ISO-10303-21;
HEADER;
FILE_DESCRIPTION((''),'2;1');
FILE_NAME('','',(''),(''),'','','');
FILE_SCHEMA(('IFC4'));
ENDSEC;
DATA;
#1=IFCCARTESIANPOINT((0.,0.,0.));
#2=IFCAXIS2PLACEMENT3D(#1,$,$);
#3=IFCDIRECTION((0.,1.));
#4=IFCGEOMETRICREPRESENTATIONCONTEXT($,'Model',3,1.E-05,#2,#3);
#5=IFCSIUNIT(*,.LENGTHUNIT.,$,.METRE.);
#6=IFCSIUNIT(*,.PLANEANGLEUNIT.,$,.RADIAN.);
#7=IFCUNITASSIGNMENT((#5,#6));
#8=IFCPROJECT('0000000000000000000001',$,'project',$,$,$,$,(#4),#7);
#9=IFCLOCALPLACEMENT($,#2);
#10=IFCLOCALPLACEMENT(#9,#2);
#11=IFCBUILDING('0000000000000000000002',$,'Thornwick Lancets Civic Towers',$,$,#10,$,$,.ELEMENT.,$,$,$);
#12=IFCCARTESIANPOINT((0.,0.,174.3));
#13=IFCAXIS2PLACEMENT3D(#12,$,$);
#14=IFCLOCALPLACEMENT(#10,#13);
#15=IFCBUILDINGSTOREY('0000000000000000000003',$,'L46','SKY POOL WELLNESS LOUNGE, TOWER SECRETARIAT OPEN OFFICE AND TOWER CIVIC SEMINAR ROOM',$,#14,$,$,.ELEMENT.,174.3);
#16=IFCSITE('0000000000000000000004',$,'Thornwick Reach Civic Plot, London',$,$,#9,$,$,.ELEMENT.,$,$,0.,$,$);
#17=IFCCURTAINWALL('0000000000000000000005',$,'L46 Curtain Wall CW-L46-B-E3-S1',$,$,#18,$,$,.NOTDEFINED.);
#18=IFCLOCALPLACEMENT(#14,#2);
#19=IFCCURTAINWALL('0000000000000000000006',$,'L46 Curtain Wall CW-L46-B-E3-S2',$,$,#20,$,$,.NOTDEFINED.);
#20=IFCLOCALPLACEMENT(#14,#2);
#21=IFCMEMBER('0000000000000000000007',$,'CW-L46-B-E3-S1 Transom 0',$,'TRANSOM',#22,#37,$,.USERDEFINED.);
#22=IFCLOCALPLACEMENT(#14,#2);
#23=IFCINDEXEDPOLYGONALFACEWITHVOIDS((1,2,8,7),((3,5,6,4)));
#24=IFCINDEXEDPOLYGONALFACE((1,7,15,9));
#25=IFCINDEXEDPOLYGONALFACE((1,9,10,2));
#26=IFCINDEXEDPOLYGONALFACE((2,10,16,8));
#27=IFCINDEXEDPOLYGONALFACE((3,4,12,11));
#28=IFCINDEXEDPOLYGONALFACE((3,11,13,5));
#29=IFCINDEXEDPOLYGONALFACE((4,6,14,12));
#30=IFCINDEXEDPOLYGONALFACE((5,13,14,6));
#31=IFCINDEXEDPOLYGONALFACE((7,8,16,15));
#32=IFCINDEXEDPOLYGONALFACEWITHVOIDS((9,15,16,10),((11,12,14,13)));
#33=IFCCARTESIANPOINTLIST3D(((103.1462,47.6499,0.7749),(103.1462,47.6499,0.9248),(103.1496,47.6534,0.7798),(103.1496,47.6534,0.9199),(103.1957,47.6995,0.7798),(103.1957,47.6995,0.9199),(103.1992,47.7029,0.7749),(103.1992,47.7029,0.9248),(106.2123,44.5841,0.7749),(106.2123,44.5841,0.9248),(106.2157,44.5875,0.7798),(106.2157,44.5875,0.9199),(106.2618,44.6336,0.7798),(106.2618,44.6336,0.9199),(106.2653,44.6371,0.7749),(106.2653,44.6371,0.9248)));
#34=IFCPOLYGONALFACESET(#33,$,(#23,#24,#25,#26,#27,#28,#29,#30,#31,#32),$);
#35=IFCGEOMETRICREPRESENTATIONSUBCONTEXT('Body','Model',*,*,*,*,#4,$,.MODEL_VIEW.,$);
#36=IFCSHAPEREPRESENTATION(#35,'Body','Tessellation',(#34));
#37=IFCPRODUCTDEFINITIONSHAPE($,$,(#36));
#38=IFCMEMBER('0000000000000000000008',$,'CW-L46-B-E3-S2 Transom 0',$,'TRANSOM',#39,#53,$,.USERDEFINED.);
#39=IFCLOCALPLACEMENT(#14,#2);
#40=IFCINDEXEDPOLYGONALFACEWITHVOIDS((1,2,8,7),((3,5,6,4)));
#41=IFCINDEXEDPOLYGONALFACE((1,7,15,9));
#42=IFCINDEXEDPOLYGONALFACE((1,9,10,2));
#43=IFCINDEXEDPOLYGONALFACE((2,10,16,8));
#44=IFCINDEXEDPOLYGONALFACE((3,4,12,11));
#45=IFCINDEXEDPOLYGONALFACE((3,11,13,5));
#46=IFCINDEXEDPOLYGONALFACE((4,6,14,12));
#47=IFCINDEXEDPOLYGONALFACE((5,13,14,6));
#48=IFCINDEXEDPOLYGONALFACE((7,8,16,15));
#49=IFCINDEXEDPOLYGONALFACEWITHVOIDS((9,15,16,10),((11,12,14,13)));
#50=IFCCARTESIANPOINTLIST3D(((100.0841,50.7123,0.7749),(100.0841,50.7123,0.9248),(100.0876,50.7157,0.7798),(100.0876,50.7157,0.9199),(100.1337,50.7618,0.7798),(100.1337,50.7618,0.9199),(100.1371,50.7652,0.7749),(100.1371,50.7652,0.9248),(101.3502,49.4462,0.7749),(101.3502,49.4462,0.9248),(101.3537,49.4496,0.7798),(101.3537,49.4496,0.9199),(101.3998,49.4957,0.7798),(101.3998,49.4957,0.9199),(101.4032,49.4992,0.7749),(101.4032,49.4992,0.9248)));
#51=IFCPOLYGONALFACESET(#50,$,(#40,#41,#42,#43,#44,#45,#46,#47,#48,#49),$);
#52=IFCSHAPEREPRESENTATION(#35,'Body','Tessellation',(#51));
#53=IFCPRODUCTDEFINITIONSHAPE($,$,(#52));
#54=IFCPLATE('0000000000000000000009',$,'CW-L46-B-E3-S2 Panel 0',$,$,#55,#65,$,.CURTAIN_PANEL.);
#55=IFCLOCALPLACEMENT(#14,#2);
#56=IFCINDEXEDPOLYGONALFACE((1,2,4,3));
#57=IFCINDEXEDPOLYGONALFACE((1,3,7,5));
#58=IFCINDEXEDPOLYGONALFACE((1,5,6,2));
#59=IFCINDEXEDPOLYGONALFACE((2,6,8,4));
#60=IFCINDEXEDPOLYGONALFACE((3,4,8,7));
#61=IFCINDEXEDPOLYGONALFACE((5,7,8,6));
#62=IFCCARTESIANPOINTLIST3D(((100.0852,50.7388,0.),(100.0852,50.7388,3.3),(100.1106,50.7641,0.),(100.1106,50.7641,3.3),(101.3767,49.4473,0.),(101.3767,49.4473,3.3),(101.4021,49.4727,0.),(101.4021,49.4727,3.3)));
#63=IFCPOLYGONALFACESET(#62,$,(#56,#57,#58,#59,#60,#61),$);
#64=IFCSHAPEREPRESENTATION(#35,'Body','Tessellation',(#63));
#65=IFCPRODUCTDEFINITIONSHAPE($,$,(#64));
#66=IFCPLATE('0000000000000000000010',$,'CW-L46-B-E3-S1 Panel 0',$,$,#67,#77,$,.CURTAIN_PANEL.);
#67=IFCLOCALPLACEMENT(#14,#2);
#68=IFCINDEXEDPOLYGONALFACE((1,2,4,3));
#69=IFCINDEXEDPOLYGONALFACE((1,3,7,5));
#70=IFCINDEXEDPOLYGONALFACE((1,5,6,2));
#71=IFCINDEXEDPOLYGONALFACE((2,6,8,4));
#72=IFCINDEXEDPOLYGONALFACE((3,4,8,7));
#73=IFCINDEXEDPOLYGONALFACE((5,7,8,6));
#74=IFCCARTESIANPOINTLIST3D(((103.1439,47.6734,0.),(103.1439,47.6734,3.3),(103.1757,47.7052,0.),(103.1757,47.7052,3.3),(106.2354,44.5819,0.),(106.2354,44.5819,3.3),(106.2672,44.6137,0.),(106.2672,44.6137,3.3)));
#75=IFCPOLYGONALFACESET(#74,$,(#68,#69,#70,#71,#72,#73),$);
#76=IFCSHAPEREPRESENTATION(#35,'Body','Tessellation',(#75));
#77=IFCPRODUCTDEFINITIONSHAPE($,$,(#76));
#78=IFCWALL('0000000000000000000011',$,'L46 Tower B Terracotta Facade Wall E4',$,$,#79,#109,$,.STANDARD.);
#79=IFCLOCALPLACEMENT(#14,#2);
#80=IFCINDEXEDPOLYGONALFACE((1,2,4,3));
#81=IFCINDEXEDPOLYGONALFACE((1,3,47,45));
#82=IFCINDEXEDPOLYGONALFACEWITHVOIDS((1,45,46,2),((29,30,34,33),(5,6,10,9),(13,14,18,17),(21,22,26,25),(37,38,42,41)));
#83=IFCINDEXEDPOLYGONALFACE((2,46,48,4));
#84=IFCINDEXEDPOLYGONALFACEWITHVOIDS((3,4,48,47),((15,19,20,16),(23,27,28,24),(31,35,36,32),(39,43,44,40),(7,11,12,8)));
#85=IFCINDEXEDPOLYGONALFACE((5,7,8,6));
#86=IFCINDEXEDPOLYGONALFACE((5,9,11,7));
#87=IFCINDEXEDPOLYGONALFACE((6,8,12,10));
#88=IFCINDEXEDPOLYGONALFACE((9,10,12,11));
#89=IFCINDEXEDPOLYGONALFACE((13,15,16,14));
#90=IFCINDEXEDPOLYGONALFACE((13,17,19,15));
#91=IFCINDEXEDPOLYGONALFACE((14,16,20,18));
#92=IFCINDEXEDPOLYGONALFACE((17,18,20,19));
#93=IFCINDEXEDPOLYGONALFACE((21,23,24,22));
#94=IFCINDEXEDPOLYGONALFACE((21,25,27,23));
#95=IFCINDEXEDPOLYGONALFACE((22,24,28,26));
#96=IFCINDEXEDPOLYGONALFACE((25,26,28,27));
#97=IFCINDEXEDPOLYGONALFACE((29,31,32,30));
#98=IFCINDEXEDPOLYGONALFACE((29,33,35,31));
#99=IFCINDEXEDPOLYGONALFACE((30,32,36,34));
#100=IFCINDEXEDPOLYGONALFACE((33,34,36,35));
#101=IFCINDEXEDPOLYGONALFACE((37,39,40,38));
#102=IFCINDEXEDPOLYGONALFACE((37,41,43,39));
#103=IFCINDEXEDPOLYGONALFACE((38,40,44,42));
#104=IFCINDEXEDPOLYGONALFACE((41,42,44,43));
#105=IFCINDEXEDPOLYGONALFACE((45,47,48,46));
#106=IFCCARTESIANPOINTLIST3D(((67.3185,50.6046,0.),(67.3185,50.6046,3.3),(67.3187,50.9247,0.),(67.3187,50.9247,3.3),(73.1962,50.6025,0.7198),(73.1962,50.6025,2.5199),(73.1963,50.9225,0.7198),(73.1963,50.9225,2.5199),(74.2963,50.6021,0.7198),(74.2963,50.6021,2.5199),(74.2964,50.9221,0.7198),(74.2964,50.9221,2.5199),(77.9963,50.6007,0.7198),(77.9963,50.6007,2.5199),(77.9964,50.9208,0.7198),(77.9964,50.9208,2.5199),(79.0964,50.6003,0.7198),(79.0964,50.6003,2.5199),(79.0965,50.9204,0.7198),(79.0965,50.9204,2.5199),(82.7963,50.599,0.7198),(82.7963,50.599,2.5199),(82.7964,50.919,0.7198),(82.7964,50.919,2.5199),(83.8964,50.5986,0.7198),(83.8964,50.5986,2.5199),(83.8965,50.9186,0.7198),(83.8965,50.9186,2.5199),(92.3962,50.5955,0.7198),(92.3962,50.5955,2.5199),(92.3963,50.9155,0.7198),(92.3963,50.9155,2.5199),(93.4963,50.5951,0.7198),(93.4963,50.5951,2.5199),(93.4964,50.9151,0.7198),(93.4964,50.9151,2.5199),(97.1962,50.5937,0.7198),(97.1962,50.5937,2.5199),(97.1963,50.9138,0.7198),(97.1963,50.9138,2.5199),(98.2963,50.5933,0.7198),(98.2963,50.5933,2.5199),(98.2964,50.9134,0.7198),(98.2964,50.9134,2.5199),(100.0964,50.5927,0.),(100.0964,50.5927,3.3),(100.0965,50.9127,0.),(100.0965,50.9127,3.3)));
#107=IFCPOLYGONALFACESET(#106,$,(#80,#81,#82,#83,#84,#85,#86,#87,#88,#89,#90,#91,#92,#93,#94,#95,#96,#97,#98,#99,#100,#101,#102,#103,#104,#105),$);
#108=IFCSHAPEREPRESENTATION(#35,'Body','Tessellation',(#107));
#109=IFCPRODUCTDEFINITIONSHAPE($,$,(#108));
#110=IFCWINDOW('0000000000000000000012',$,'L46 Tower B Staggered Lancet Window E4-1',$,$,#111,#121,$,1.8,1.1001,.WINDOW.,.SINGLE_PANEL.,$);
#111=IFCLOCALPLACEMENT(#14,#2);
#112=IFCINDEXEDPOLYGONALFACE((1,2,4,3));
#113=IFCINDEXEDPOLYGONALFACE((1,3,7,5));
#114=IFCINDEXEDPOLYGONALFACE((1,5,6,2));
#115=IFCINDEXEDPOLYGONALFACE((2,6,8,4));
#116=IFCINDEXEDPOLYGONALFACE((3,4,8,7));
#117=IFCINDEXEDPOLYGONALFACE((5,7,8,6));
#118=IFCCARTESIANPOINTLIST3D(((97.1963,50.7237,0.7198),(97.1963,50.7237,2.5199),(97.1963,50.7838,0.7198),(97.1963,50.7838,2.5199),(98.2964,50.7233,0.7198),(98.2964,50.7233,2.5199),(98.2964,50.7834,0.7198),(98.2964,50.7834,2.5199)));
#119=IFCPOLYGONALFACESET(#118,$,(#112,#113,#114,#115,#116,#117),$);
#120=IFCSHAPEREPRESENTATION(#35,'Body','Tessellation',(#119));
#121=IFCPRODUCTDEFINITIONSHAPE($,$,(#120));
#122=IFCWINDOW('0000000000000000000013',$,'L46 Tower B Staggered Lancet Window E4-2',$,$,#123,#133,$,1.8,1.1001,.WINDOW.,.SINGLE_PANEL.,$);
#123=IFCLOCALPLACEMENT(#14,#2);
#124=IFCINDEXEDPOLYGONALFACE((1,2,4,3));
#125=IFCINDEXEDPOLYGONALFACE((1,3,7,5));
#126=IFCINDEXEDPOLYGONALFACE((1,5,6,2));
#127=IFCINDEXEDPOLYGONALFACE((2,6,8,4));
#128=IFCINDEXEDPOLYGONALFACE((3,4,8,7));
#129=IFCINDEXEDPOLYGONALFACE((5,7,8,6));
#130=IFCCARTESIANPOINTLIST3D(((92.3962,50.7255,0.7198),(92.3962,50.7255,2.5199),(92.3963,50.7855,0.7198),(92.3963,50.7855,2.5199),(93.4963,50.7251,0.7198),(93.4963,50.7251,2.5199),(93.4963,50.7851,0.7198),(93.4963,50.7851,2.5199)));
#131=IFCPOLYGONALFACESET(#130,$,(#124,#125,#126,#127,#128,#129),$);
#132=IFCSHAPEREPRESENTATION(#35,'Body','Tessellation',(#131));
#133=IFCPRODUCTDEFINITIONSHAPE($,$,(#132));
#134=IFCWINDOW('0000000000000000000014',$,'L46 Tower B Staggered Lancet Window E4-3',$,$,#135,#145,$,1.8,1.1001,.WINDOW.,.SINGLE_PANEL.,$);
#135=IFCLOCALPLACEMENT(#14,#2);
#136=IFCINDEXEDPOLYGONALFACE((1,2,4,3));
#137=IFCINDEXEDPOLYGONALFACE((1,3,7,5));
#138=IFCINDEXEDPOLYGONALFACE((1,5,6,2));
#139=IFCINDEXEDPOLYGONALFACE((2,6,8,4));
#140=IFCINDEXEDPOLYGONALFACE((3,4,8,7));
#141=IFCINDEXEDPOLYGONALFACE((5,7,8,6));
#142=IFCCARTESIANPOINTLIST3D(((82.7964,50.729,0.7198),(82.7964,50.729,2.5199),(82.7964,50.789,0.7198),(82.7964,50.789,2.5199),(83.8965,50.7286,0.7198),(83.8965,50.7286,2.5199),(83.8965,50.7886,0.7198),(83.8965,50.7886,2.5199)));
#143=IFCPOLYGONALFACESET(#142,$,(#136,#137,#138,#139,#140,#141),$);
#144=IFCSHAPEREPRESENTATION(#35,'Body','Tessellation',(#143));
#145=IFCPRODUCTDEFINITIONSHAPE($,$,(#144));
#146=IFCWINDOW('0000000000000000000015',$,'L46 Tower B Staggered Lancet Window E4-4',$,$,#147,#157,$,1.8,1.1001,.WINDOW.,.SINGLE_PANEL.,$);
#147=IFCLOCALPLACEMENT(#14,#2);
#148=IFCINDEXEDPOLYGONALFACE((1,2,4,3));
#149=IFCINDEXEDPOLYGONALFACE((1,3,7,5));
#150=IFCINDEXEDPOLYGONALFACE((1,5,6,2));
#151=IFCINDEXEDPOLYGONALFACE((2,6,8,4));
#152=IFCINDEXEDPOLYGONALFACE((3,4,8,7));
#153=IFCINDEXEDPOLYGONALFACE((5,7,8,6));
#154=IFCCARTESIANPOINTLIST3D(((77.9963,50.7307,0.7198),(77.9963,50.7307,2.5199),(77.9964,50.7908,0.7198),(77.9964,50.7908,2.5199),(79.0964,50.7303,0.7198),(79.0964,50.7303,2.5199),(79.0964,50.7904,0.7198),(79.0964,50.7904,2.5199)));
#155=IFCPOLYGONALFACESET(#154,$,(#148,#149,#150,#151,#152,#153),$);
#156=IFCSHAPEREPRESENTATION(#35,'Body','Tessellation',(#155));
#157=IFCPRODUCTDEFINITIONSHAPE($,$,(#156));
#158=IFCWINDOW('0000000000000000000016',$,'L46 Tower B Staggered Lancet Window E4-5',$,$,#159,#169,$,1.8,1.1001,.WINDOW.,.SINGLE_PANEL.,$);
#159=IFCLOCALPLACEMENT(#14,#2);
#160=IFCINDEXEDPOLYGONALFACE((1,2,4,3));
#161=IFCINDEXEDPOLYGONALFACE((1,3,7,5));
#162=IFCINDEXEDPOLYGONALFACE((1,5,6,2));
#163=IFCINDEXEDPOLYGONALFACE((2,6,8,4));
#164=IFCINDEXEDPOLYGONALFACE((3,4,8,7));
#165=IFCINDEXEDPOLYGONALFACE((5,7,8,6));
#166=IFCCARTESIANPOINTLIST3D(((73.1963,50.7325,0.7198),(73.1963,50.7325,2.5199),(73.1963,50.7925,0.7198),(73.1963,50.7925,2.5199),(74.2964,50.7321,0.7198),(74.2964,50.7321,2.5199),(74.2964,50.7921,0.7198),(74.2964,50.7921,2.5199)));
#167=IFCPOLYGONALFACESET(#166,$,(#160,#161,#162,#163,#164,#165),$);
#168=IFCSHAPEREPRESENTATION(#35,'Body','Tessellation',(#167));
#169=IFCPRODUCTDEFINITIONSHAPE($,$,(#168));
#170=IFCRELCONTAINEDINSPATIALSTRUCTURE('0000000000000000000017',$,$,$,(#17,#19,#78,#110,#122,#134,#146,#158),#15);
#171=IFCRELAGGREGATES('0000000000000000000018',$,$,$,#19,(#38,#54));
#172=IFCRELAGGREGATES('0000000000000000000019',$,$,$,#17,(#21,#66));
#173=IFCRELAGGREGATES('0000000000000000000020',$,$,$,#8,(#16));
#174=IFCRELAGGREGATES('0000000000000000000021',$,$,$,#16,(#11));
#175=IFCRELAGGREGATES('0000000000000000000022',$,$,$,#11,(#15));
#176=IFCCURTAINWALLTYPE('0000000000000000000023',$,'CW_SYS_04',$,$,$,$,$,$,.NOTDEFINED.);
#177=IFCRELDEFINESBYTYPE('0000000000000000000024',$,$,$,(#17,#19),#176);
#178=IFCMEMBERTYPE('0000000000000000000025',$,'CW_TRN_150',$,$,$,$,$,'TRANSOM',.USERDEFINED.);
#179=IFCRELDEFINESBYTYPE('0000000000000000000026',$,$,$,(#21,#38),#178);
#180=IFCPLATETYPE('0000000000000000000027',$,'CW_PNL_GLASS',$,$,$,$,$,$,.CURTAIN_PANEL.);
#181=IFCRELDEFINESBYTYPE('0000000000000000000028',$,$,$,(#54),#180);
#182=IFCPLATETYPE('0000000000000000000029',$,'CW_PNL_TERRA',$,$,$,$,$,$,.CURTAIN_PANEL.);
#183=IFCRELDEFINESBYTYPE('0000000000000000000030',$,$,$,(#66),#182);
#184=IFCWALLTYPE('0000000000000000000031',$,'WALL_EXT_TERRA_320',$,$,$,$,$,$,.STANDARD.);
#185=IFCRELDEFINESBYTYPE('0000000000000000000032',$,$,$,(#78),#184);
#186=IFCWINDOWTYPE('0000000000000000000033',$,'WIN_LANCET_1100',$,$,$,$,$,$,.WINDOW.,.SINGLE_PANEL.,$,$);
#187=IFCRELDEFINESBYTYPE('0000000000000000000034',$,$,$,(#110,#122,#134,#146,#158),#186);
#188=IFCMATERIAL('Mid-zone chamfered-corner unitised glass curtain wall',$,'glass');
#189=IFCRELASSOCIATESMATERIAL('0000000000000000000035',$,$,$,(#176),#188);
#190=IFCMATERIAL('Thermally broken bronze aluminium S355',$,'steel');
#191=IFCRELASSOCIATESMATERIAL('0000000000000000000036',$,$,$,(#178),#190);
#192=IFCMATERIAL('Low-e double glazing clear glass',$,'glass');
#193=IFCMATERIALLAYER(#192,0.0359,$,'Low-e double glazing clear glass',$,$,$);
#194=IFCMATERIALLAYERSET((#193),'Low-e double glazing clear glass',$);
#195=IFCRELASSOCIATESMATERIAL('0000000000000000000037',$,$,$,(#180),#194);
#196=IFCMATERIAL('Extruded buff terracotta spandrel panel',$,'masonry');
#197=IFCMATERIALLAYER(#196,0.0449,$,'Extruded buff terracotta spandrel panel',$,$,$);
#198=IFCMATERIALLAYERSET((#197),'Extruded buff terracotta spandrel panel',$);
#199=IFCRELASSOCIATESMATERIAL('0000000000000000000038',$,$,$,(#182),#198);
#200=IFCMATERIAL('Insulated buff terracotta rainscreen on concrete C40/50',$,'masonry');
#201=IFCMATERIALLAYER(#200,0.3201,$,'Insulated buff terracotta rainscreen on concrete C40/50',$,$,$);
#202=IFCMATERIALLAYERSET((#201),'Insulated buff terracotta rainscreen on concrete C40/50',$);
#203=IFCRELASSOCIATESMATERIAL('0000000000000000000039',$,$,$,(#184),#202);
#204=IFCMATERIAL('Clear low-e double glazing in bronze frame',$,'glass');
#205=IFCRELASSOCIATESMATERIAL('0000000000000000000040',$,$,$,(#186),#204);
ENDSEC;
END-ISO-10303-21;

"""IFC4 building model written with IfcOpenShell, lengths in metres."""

from ifc_helpers import new_model, si_unit, direction, frame, frame_2d, origin, origin_2d, place, context, subcontext, project, spatial, rectangle, hollow_rectangle, extrude, material, layer, layer_set, material_profile, profile_set, type_object, element, fill, aggregate, save


model = new_model("IFC4")

# Units and contexts
model_context = context("Model", 3, precision=1e-05, world=origin(), true_north=direction((0.0, 1.0)))
body_context = subcontext(model_context, "Body", "Model", "MODEL_VIEW")
ifc_project = project(units=[si_unit("LENGTHUNIT", "METRE"), si_unit("PLANEANGLEUNIT", "RADIAN")], contexts=[model_context])

# Site, building, storey
site_placement = place(None, origin())
site = spatial("IfcSite", under=ifc_project, at=site_placement, Name="Thornwick Reach Civic Plot, London", CompositionType="ELEMENT", RefElevation=0.0)
building_placement = place(site_placement, origin())
building = spatial("IfcBuilding", under=site, at=building_placement, Name="Thornwick Lancets Civic Towers", CompositionType="ELEMENT")
storey_placement = place(building_placement, frame((0.0, 0.0, 174.3)))
storey = spatial("IfcBuildingStorey", under=building, at=storey_placement, Name="L46", Description="SKY POOL WELLNESS LOUNGE, TOWER SECRETARIAT OPEN OFFICE AND TOWER CIVIC SEMINAR ROOM", CompositionType="ELEMENT", Elevation=174.3)

# Curtain walls
ifc_material_1 = material(Name="Mid-zone chamfered-corner unitised glass curtain wall", Category="glass")
curtain_wall_type = type_object("IfcCurtainWallType", Name="CW_SYS_04", PredefinedType="NOTDEFINED", material=ifc_material_1)
curtain_wall_1_placement = place(storey_placement, origin())
curtain_wall_1 = element("IfcCurtainWall", 1, at=curtain_wall_1_placement, inside=storey, type_object=curtain_wall_type, Name="L46 Curtain Wall CW-L46-B-E3-S1", PredefinedType="NOTDEFINED")
ifc_material_2 = material(Name="Thermally broken bronze aluminium S355", Category="steel")
curtain_wall_2_placement = place(storey_placement, origin())
curtain_wall_2 = element("IfcCurtainWall", 2, at=curtain_wall_2_placement, inside=storey, type_object=curtain_wall_type, Name="L46 Curtain Wall CW-L46-B-E3-S2", PredefinedType="NOTDEFINED")

# Members
ifc_material_profile_1 = material_profile(ifc_material_2, hollow_rectangle(XDim=0.075, YDim=0.1499, WallThickness=0.0049, at=origin_2d()), Name="RHS 150x75x5")
ifc_profile_set_1 = profile_set([ifc_material_profile_1], Name="Thermally broken bronze aluminium S355")
member_type_1 = type_object("IfcMemberType", Name="CW_TRN_150", ElementType="TRANSOM", PredefinedType="USERDEFINED", material=ifc_profile_set_1)
member_1_placement = place(storey_placement, frame((106.2388, 44.6106, 0.8499), z_axis=(-0.707135, 0.707079, 0.0), x_axis=(-0.707079, -0.707135, 0.0)))
member_1 = element("IfcMember", 3, at=member_1_placement, type_object=member_type_1, Name="CW-L46-B-E3-S1 Transom 0", ObjectType="TRANSOM", PredefinedType="USERDEFINED", context=body_context, shape_type="SweptSolid", body=[
    extrude(hollow_rectangle(XDim=0.075, YDim=0.1499, WallThickness=0.0049, at=origin_2d()), origin(), (0.0, 0.0, 1.0), 4.3359),
])
member_2_placement = place(storey_placement, frame((101.3767, 49.4727, 0.8499), z_axis=(-0.707107, 0.707107, 0.0), x_axis=(-0.707107, -0.707107, 0.0)))
member_2 = element("IfcMember", 4, at=member_2_placement, type_object=member_type_1, Name="CW-L46-B-E3-S2 Transom 0", ObjectType="TRANSOM", PredefinedType="USERDEFINED", context=body_context, shape_type="SweptSolid", body=[
    extrude(hollow_rectangle(XDim=0.075, YDim=0.1499, WallThickness=0.0049, at=origin_2d()), origin(), (0.0, 0.0, 1.0), 1.7905),
])

# Plates
ifc_material_3 = material(Name="Low-e double glazing clear glass", Category="glass")
ifc_layer_1 = layer(ifc_material_3, 0.0359, Name="Low-e double glazing clear glass")
ifc_layer_set_1 = layer_set([ifc_layer_1], Name="Low-e double glazing clear glass")
plate_type_1 = type_object("IfcPlateType", Name="CW_PNL_GLASS", PredefinedType="CURTAIN_PANEL", material=ifc_layer_set_1)
plate_1_placement = place(storey_placement, frame((100.7437, 50.1057, 0.0), z_axis=(0.0, 0.0, 1.0), x_axis=(-0.707107, 0.707107, 0.0)))
plate_1 = element("IfcPlate", 5, at=plate_1_placement, type_object=plate_type_1, Name="CW-L46-B-E3-S2 Panel 0", PredefinedType="CURTAIN_PANEL", context=body_context, shape_type="SweptSolid", body=[
    extrude(rectangle(XDim=1.8264, YDim=0.0359, at=origin_2d()), origin(), (0.0, 0.0, 1.0), 3.3),
])
aggregate(curtain_wall_2, [member_2, plate_1])
ifc_material_4 = material(Name="Extruded buff terracotta spandrel panel", Category="masonry")
ifc_layer_2 = layer(ifc_material_4, 0.0449, Name="Extruded buff terracotta spandrel panel")
ifc_layer_set_2 = layer_set([ifc_layer_2], Name="Extruded buff terracotta spandrel panel")
plate_type_2 = type_object("IfcPlateType", Name="CW_PNL_TERRA", PredefinedType="CURTAIN_PANEL", material=ifc_layer_set_2)
plate_2_placement = place(storey_placement, frame((104.7056, 46.1436, 0.0), z_axis=(0.0, 0.0, 1.0), x_axis=(-0.707107, 0.707107, 0.0)))
plate_2 = element("IfcPlate", 6, at=plate_2_placement, type_object=plate_type_2, Name="CW-L46-B-E3-S1 Panel 0", PredefinedType="CURTAIN_PANEL", context=body_context, shape_type="SweptSolid", body=[
    extrude(rectangle(XDim=4.3721, YDim=0.0449, at=origin_2d()), origin(), (0.0, 0.0, 1.0), 3.3),
])
aggregate(curtain_wall_1, [member_1, plate_2])

# Wall, openings, windows
ifc_material_5 = material(Name="Insulated buff terracotta rainscreen on concrete C40/50", Category="masonry")
ifc_layer_3 = layer(ifc_material_5, 0.3201, Name="Insulated buff terracotta rainscreen on concrete C40/50")
ifc_layer_set_3 = layer_set([ifc_layer_3], Name="Insulated buff terracotta rainscreen on concrete C40/50")
wall_type_1 = type_object("IfcWallType", Name="WALL_EXT_TERRA_320", PredefinedType="STANDARD", material=ifc_layer_set_3)
wall_1_placement = place(storey_placement, frame((100.0964, 50.7527, 0.0), z_axis=(0.0, 0.0, 1.0), x_axis=(-1.0, 0.000365, 0.0)))
wall_1 = element("IfcWall", 7, at=wall_1_placement, inside=storey, type_object=wall_type_1, Name="L46 Tower B Terracotta Facade Wall E4", PredefinedType="STANDARD", context=body_context, shape_type="SweptSolid", body=[
    extrude(rectangle(XDim=32.7778, YDim=0.3201, at=frame_2d((16.3889, 0.0))), origin(), (0.0, 0.0, 1.0), 3.3),
])
opening_1_placement = place(wall_1_placement, frame((1.8, 0.0, 0.72)))
opening_1 = element("IfcOpeningElement", 8, at=opening_1_placement, cuts=wall_1, PredefinedType="OPENING", context=body_context, shape_type="SweptSolid", body=[
    extrude(rectangle(XDim=1.1001, YDim=1.8, at=frame_2d((0.55, 0.8999))), frame((0.0, 0.1699, 0.0), z_axis=(0.0, -1.0, 0.0), x_axis=(1.0, 0.0, 0.0)), (0.0, 0.0, 1.0), 0.3401),
])
opening_2_placement = place(wall_1_placement, frame((6.6001, 0.0, 0.72)))
opening_2 = element("IfcOpeningElement", 9, at=opening_2_placement, cuts=wall_1, PredefinedType="OPENING", context=body_context, shape_type="SweptSolid", body=[
    extrude(rectangle(XDim=1.1001, YDim=1.8, at=frame_2d((0.55, 0.8999))), frame((0.0, 0.1699, 0.0), z_axis=(0.0, -1.0, 0.0), x_axis=(1.0, 0.0, 0.0)), (0.0, 0.0, 1.0), 0.3401),
])
opening_3_placement = place(wall_1_placement, frame((16.2, 0.0, 0.72)))
opening_3 = element("IfcOpeningElement", 10, at=opening_3_placement, cuts=wall_1, PredefinedType="OPENING", context=body_context, shape_type="SweptSolid", body=[
    extrude(rectangle(XDim=1.1001, YDim=1.8, at=frame_2d((0.55, 0.8999))), frame((0.0, 0.1699, 0.0), z_axis=(0.0, -1.0, 0.0), x_axis=(1.0, 0.0, 0.0)), (0.0, 0.0, 1.0), 0.3401),
])
opening_4_placement = place(wall_1_placement, frame((21.0, 0.0, 0.72)))
opening_4 = element("IfcOpeningElement", 11, at=opening_4_placement, cuts=wall_1, PredefinedType="OPENING", context=body_context, shape_type="SweptSolid", body=[
    extrude(rectangle(XDim=1.1001, YDim=1.8, at=frame_2d((0.55, 0.8999))), frame((0.0, 0.1699, 0.0), z_axis=(0.0, -1.0, 0.0), x_axis=(1.0, 0.0, 0.0)), (0.0, 0.0, 1.0), 0.3401),
])
opening_5_placement = place(wall_1_placement, frame((25.8, 0.0, 0.72)))
opening_5 = element("IfcOpeningElement", 12, at=opening_5_placement, cuts=wall_1, PredefinedType="OPENING", context=body_context, shape_type="SweptSolid", body=[
    extrude(rectangle(XDim=1.1001, YDim=1.8, at=frame_2d((0.55, 0.8999))), frame((0.0, 0.1699, 0.0), z_axis=(0.0, -1.0, 0.0), x_axis=(1.0, 0.0, 0.0)), (0.0, 0.0, 1.0), 0.3401),
])
ifc_material_6 = material(Name="Clear low-e double glazing in bronze frame", Category="glass")
window_type = type_object("IfcWindowType", Name="WIN_LANCET_1100", PartitioningType="SINGLE_PANEL", PredefinedType="WINDOW", material=ifc_material_6)
window_1_placement = place(opening_1_placement, origin())
window_1 = element("IfcWindow", 13, at=window_1_placement, inside=storey, type_object=window_type, Name="L46 Tower B Staggered Lancet Window E4-1", OverallHeight=1.8, OverallWidth=1.1001, PartitioningType="SINGLE_PANEL", PredefinedType="WINDOW", context=body_context, shape_type="SweptSolid", body=[
    extrude(rectangle(XDim=1.1001, YDim=1.8, at=frame_2d((0.55, 0.8999))), frame((0.0, 0.03, 0.0), z_axis=(0.0, -1.0, 0.0), x_axis=(1.0, 0.0, 0.0)), (0.0, 0.0, 1.0), 0.0601),
])
fill(opening_1, window_1)
window_2_placement = place(opening_2_placement, origin())
window_2 = element("IfcWindow", 14, at=window_2_placement, inside=storey, type_object=window_type, Name="L46 Tower B Staggered Lancet Window E4-2", OverallHeight=1.8, OverallWidth=1.1001, PartitioningType="SINGLE_PANEL", PredefinedType="WINDOW", context=body_context, shape_type="SweptSolid", body=[
    extrude(rectangle(XDim=1.1001, YDim=1.8, at=frame_2d((0.55, 0.8999))), frame((0.0, 0.03, 0.0), z_axis=(0.0, -1.0, 0.0), x_axis=(1.0, 0.0, 0.0)), (0.0, 0.0, 1.0), 0.0601),
])
fill(opening_2, window_2)
window_3_placement = place(opening_3_placement, origin())
window_3 = element("IfcWindow", 15, at=window_3_placement, inside=storey, type_object=window_type, Name="L46 Tower B Staggered Lancet Window E4-3", OverallHeight=1.8, OverallWidth=1.1001, PartitioningType="SINGLE_PANEL", PredefinedType="WINDOW", context=body_context, shape_type="SweptSolid", body=[
    extrude(rectangle(XDim=1.1001, YDim=1.8, at=frame_2d((0.55, 0.8999))), frame((0.0, 0.03, 0.0), z_axis=(0.0, -1.0, 0.0), x_axis=(1.0, 0.0, 0.0)), (0.0, 0.0, 1.0), 0.0601),
])
fill(opening_3, window_3)
window_4_placement = place(opening_4_placement, origin())
window_4 = element("IfcWindow", 16, at=window_4_placement, inside=storey, type_object=window_type, Name="L46 Tower B Staggered Lancet Window E4-4", OverallHeight=1.8, OverallWidth=1.1001, PartitioningType="SINGLE_PANEL", PredefinedType="WINDOW", context=body_context, shape_type="SweptSolid", body=[
    extrude(rectangle(XDim=1.1001, YDim=1.8, at=frame_2d((0.55, 0.8999))), frame((0.0, 0.03, 0.0), z_axis=(0.0, -1.0, 0.0), x_axis=(1.0, 0.0, 0.0)), (0.0, 0.0, 1.0), 0.0601),
])
fill(opening_4, window_4)
window_5_placement = place(opening_5_placement, origin())
window_5 = element("IfcWindow", 17, at=window_5_placement, inside=storey, type_object=window_type, Name="L46 Tower B Staggered Lancet Window E4-5", OverallHeight=1.8, OverallWidth=1.1001, PartitioningType="SINGLE_PANEL", PredefinedType="WINDOW", context=body_context, shape_type="SweptSolid", body=[
    extrude(rectangle(XDim=1.1001, YDim=1.8, at=frame_2d((0.55, 0.8999))), frame((0.0, 0.03, 0.0), z_axis=(0.0, -1.0, 0.0), x_axis=(1.0, 0.0, 0.0)), (0.0, 0.0, 1.0), 0.0601),
])
fill(opening_5, window_5)

save(model, "model.ifc")
